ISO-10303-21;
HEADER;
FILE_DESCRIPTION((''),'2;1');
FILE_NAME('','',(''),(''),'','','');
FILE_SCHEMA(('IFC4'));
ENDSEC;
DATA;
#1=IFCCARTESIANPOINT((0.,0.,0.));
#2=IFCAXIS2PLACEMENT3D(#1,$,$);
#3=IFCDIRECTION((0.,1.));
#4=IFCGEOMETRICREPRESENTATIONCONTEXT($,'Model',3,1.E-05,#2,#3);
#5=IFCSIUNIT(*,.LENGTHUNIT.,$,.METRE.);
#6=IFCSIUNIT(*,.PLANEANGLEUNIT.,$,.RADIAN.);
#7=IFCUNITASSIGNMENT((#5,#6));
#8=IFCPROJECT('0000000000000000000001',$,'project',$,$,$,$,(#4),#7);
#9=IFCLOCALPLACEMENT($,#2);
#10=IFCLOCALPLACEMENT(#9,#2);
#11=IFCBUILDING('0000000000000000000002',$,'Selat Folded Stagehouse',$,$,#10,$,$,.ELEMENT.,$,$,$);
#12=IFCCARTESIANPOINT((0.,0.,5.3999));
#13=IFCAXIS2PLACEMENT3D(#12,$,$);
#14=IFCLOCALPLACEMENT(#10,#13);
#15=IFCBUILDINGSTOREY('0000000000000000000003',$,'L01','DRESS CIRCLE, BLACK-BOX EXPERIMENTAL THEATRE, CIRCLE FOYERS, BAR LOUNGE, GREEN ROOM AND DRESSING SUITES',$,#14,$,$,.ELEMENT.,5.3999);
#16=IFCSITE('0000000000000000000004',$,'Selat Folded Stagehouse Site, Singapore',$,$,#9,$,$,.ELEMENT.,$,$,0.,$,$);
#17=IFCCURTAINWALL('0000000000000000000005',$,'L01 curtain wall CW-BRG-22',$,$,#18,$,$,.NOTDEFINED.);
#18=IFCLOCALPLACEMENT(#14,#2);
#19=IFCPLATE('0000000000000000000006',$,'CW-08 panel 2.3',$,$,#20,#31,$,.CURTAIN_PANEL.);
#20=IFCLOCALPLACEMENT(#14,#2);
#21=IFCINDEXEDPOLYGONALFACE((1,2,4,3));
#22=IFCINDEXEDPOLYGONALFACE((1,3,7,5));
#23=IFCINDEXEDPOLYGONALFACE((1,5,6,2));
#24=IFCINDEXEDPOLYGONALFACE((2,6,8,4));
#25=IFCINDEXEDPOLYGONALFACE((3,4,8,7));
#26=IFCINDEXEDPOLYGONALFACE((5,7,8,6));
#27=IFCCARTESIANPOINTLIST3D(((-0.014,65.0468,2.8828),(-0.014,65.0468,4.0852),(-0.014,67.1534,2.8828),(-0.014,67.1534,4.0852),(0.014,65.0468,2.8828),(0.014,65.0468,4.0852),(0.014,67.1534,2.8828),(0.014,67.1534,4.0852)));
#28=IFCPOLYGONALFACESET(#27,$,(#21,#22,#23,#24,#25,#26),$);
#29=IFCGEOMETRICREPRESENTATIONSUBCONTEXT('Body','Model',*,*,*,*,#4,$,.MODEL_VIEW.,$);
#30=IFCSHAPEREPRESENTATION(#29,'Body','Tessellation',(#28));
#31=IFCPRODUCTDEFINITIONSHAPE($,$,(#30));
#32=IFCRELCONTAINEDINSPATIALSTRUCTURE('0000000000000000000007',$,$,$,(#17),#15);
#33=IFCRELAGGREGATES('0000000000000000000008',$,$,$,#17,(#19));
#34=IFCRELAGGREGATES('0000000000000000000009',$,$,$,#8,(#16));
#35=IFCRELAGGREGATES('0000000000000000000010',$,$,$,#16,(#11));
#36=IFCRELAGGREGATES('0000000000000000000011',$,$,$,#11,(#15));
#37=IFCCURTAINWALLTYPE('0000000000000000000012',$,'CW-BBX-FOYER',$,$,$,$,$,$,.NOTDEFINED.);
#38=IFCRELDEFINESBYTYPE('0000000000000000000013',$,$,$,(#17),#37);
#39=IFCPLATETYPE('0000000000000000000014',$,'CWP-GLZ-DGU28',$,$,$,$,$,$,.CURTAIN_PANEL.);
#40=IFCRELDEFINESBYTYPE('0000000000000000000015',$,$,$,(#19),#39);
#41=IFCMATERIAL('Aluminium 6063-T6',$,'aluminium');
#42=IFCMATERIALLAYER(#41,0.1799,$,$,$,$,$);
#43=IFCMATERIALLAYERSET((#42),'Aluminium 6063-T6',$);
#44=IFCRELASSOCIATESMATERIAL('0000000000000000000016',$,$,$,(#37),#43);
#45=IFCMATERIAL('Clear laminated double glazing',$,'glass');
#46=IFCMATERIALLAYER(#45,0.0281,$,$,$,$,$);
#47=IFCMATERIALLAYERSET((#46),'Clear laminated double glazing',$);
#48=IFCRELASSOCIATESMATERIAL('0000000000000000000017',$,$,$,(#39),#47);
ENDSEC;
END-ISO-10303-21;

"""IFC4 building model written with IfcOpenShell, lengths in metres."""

from ifc_helpers import new_model, si_unit, direction, frame, origin, origin_2d, place, context, subcontext, project, spatial, rectangle, extrude, material, layer, layer_set, type_object, element, aggregate, save


model = new_model("IFC4")

# Units and contexts
model_context = context("Model", 3, precision=1e-05, world=origin(), true_north=direction((0.0, 1.0)))
body_context = subcontext(model_context, "Body", "Model", "MODEL_VIEW")
ifc_project = project(units=[si_unit("LENGTHUNIT", "METRE"), si_unit("PLANEANGLEUNIT", "RADIAN")], contexts=[model_context])

# Site, building, storey
site_placement = place(None, origin())
site = spatial("IfcSite", under=ifc_project, at=site_placement, Name="Selat Folded Stagehouse Site, Singapore", CompositionType="ELEMENT", RefElevation=0.0)
building_placement = place(site_placement, origin())
building = spatial("IfcBuilding", under=site, at=building_placement, Name="Selat Folded Stagehouse", CompositionType="ELEMENT")
storey_placement = place(building_placement, frame((0.0, 0.0, 5.3999)))
storey = spatial("IfcBuildingStorey", under=building, at=storey_placement, Name="L01", Description="DRESS CIRCLE, BLACK-BOX EXPERIMENTAL THEATRE, CIRCLE FOYERS, BAR LOUNGE, GREEN ROOM AND DRESSING SUITES", CompositionType="ELEMENT", Elevation=5.3999)

# Curtain wall
ifc_material_1 = material(Name="Aluminium 6063-T6", Category="aluminium")
ifc_layer_1 = layer(ifc_material_1, 0.1799)
ifc_layer_set_1 = layer_set([ifc_layer_1], Name="Aluminium 6063-T6")
curtain_wall_type = type_object("IfcCurtainWallType", Name="CW-BBX-FOYER", PredefinedType="NOTDEFINED", material=ifc_layer_set_1)
curtain_wall_placement = place(storey_placement, origin())
curtain_wall = element("IfcCurtainWall", 1, at=curtain_wall_placement, inside=storey, type_object=curtain_wall_type, Name="L01 curtain wall CW-BRG-22", PredefinedType="NOTDEFINED")

# Plate
ifc_material_2 = material(Name="Clear laminated double glazing", Category="glass")
ifc_layer_2 = layer(ifc_material_2, 0.0281)
ifc_layer_set_2 = layer_set([ifc_layer_2], Name="Clear laminated double glazing")
plate_type = type_object("IfcPlateType", Name="CWP-GLZ-DGU28", PredefinedType="CURTAIN_PANEL", material=ifc_layer_set_2)
plate_1_placement = place(storey_placement, frame((0.0, 66.1001, 2.8828), z_axis=(0.0, 0.0, 1.0), x_axis=(0.0, 1.0, 0.0)))
plate_1 = element("IfcPlate", 2, at=plate_1_placement, type_object=plate_type, Name="CW-08 panel 2.3", PredefinedType="CURTAIN_PANEL", context=body_context, shape_type="SweptSolid", body=[
    extrude(rectangle(XDim=2.1067, YDim=0.0281, at=origin_2d()), origin(), (0.0, 0.0, 1.0), 1.2024),
])
aggregate(curtain_wall, [plate_1])

save(model, "model.ifc")
